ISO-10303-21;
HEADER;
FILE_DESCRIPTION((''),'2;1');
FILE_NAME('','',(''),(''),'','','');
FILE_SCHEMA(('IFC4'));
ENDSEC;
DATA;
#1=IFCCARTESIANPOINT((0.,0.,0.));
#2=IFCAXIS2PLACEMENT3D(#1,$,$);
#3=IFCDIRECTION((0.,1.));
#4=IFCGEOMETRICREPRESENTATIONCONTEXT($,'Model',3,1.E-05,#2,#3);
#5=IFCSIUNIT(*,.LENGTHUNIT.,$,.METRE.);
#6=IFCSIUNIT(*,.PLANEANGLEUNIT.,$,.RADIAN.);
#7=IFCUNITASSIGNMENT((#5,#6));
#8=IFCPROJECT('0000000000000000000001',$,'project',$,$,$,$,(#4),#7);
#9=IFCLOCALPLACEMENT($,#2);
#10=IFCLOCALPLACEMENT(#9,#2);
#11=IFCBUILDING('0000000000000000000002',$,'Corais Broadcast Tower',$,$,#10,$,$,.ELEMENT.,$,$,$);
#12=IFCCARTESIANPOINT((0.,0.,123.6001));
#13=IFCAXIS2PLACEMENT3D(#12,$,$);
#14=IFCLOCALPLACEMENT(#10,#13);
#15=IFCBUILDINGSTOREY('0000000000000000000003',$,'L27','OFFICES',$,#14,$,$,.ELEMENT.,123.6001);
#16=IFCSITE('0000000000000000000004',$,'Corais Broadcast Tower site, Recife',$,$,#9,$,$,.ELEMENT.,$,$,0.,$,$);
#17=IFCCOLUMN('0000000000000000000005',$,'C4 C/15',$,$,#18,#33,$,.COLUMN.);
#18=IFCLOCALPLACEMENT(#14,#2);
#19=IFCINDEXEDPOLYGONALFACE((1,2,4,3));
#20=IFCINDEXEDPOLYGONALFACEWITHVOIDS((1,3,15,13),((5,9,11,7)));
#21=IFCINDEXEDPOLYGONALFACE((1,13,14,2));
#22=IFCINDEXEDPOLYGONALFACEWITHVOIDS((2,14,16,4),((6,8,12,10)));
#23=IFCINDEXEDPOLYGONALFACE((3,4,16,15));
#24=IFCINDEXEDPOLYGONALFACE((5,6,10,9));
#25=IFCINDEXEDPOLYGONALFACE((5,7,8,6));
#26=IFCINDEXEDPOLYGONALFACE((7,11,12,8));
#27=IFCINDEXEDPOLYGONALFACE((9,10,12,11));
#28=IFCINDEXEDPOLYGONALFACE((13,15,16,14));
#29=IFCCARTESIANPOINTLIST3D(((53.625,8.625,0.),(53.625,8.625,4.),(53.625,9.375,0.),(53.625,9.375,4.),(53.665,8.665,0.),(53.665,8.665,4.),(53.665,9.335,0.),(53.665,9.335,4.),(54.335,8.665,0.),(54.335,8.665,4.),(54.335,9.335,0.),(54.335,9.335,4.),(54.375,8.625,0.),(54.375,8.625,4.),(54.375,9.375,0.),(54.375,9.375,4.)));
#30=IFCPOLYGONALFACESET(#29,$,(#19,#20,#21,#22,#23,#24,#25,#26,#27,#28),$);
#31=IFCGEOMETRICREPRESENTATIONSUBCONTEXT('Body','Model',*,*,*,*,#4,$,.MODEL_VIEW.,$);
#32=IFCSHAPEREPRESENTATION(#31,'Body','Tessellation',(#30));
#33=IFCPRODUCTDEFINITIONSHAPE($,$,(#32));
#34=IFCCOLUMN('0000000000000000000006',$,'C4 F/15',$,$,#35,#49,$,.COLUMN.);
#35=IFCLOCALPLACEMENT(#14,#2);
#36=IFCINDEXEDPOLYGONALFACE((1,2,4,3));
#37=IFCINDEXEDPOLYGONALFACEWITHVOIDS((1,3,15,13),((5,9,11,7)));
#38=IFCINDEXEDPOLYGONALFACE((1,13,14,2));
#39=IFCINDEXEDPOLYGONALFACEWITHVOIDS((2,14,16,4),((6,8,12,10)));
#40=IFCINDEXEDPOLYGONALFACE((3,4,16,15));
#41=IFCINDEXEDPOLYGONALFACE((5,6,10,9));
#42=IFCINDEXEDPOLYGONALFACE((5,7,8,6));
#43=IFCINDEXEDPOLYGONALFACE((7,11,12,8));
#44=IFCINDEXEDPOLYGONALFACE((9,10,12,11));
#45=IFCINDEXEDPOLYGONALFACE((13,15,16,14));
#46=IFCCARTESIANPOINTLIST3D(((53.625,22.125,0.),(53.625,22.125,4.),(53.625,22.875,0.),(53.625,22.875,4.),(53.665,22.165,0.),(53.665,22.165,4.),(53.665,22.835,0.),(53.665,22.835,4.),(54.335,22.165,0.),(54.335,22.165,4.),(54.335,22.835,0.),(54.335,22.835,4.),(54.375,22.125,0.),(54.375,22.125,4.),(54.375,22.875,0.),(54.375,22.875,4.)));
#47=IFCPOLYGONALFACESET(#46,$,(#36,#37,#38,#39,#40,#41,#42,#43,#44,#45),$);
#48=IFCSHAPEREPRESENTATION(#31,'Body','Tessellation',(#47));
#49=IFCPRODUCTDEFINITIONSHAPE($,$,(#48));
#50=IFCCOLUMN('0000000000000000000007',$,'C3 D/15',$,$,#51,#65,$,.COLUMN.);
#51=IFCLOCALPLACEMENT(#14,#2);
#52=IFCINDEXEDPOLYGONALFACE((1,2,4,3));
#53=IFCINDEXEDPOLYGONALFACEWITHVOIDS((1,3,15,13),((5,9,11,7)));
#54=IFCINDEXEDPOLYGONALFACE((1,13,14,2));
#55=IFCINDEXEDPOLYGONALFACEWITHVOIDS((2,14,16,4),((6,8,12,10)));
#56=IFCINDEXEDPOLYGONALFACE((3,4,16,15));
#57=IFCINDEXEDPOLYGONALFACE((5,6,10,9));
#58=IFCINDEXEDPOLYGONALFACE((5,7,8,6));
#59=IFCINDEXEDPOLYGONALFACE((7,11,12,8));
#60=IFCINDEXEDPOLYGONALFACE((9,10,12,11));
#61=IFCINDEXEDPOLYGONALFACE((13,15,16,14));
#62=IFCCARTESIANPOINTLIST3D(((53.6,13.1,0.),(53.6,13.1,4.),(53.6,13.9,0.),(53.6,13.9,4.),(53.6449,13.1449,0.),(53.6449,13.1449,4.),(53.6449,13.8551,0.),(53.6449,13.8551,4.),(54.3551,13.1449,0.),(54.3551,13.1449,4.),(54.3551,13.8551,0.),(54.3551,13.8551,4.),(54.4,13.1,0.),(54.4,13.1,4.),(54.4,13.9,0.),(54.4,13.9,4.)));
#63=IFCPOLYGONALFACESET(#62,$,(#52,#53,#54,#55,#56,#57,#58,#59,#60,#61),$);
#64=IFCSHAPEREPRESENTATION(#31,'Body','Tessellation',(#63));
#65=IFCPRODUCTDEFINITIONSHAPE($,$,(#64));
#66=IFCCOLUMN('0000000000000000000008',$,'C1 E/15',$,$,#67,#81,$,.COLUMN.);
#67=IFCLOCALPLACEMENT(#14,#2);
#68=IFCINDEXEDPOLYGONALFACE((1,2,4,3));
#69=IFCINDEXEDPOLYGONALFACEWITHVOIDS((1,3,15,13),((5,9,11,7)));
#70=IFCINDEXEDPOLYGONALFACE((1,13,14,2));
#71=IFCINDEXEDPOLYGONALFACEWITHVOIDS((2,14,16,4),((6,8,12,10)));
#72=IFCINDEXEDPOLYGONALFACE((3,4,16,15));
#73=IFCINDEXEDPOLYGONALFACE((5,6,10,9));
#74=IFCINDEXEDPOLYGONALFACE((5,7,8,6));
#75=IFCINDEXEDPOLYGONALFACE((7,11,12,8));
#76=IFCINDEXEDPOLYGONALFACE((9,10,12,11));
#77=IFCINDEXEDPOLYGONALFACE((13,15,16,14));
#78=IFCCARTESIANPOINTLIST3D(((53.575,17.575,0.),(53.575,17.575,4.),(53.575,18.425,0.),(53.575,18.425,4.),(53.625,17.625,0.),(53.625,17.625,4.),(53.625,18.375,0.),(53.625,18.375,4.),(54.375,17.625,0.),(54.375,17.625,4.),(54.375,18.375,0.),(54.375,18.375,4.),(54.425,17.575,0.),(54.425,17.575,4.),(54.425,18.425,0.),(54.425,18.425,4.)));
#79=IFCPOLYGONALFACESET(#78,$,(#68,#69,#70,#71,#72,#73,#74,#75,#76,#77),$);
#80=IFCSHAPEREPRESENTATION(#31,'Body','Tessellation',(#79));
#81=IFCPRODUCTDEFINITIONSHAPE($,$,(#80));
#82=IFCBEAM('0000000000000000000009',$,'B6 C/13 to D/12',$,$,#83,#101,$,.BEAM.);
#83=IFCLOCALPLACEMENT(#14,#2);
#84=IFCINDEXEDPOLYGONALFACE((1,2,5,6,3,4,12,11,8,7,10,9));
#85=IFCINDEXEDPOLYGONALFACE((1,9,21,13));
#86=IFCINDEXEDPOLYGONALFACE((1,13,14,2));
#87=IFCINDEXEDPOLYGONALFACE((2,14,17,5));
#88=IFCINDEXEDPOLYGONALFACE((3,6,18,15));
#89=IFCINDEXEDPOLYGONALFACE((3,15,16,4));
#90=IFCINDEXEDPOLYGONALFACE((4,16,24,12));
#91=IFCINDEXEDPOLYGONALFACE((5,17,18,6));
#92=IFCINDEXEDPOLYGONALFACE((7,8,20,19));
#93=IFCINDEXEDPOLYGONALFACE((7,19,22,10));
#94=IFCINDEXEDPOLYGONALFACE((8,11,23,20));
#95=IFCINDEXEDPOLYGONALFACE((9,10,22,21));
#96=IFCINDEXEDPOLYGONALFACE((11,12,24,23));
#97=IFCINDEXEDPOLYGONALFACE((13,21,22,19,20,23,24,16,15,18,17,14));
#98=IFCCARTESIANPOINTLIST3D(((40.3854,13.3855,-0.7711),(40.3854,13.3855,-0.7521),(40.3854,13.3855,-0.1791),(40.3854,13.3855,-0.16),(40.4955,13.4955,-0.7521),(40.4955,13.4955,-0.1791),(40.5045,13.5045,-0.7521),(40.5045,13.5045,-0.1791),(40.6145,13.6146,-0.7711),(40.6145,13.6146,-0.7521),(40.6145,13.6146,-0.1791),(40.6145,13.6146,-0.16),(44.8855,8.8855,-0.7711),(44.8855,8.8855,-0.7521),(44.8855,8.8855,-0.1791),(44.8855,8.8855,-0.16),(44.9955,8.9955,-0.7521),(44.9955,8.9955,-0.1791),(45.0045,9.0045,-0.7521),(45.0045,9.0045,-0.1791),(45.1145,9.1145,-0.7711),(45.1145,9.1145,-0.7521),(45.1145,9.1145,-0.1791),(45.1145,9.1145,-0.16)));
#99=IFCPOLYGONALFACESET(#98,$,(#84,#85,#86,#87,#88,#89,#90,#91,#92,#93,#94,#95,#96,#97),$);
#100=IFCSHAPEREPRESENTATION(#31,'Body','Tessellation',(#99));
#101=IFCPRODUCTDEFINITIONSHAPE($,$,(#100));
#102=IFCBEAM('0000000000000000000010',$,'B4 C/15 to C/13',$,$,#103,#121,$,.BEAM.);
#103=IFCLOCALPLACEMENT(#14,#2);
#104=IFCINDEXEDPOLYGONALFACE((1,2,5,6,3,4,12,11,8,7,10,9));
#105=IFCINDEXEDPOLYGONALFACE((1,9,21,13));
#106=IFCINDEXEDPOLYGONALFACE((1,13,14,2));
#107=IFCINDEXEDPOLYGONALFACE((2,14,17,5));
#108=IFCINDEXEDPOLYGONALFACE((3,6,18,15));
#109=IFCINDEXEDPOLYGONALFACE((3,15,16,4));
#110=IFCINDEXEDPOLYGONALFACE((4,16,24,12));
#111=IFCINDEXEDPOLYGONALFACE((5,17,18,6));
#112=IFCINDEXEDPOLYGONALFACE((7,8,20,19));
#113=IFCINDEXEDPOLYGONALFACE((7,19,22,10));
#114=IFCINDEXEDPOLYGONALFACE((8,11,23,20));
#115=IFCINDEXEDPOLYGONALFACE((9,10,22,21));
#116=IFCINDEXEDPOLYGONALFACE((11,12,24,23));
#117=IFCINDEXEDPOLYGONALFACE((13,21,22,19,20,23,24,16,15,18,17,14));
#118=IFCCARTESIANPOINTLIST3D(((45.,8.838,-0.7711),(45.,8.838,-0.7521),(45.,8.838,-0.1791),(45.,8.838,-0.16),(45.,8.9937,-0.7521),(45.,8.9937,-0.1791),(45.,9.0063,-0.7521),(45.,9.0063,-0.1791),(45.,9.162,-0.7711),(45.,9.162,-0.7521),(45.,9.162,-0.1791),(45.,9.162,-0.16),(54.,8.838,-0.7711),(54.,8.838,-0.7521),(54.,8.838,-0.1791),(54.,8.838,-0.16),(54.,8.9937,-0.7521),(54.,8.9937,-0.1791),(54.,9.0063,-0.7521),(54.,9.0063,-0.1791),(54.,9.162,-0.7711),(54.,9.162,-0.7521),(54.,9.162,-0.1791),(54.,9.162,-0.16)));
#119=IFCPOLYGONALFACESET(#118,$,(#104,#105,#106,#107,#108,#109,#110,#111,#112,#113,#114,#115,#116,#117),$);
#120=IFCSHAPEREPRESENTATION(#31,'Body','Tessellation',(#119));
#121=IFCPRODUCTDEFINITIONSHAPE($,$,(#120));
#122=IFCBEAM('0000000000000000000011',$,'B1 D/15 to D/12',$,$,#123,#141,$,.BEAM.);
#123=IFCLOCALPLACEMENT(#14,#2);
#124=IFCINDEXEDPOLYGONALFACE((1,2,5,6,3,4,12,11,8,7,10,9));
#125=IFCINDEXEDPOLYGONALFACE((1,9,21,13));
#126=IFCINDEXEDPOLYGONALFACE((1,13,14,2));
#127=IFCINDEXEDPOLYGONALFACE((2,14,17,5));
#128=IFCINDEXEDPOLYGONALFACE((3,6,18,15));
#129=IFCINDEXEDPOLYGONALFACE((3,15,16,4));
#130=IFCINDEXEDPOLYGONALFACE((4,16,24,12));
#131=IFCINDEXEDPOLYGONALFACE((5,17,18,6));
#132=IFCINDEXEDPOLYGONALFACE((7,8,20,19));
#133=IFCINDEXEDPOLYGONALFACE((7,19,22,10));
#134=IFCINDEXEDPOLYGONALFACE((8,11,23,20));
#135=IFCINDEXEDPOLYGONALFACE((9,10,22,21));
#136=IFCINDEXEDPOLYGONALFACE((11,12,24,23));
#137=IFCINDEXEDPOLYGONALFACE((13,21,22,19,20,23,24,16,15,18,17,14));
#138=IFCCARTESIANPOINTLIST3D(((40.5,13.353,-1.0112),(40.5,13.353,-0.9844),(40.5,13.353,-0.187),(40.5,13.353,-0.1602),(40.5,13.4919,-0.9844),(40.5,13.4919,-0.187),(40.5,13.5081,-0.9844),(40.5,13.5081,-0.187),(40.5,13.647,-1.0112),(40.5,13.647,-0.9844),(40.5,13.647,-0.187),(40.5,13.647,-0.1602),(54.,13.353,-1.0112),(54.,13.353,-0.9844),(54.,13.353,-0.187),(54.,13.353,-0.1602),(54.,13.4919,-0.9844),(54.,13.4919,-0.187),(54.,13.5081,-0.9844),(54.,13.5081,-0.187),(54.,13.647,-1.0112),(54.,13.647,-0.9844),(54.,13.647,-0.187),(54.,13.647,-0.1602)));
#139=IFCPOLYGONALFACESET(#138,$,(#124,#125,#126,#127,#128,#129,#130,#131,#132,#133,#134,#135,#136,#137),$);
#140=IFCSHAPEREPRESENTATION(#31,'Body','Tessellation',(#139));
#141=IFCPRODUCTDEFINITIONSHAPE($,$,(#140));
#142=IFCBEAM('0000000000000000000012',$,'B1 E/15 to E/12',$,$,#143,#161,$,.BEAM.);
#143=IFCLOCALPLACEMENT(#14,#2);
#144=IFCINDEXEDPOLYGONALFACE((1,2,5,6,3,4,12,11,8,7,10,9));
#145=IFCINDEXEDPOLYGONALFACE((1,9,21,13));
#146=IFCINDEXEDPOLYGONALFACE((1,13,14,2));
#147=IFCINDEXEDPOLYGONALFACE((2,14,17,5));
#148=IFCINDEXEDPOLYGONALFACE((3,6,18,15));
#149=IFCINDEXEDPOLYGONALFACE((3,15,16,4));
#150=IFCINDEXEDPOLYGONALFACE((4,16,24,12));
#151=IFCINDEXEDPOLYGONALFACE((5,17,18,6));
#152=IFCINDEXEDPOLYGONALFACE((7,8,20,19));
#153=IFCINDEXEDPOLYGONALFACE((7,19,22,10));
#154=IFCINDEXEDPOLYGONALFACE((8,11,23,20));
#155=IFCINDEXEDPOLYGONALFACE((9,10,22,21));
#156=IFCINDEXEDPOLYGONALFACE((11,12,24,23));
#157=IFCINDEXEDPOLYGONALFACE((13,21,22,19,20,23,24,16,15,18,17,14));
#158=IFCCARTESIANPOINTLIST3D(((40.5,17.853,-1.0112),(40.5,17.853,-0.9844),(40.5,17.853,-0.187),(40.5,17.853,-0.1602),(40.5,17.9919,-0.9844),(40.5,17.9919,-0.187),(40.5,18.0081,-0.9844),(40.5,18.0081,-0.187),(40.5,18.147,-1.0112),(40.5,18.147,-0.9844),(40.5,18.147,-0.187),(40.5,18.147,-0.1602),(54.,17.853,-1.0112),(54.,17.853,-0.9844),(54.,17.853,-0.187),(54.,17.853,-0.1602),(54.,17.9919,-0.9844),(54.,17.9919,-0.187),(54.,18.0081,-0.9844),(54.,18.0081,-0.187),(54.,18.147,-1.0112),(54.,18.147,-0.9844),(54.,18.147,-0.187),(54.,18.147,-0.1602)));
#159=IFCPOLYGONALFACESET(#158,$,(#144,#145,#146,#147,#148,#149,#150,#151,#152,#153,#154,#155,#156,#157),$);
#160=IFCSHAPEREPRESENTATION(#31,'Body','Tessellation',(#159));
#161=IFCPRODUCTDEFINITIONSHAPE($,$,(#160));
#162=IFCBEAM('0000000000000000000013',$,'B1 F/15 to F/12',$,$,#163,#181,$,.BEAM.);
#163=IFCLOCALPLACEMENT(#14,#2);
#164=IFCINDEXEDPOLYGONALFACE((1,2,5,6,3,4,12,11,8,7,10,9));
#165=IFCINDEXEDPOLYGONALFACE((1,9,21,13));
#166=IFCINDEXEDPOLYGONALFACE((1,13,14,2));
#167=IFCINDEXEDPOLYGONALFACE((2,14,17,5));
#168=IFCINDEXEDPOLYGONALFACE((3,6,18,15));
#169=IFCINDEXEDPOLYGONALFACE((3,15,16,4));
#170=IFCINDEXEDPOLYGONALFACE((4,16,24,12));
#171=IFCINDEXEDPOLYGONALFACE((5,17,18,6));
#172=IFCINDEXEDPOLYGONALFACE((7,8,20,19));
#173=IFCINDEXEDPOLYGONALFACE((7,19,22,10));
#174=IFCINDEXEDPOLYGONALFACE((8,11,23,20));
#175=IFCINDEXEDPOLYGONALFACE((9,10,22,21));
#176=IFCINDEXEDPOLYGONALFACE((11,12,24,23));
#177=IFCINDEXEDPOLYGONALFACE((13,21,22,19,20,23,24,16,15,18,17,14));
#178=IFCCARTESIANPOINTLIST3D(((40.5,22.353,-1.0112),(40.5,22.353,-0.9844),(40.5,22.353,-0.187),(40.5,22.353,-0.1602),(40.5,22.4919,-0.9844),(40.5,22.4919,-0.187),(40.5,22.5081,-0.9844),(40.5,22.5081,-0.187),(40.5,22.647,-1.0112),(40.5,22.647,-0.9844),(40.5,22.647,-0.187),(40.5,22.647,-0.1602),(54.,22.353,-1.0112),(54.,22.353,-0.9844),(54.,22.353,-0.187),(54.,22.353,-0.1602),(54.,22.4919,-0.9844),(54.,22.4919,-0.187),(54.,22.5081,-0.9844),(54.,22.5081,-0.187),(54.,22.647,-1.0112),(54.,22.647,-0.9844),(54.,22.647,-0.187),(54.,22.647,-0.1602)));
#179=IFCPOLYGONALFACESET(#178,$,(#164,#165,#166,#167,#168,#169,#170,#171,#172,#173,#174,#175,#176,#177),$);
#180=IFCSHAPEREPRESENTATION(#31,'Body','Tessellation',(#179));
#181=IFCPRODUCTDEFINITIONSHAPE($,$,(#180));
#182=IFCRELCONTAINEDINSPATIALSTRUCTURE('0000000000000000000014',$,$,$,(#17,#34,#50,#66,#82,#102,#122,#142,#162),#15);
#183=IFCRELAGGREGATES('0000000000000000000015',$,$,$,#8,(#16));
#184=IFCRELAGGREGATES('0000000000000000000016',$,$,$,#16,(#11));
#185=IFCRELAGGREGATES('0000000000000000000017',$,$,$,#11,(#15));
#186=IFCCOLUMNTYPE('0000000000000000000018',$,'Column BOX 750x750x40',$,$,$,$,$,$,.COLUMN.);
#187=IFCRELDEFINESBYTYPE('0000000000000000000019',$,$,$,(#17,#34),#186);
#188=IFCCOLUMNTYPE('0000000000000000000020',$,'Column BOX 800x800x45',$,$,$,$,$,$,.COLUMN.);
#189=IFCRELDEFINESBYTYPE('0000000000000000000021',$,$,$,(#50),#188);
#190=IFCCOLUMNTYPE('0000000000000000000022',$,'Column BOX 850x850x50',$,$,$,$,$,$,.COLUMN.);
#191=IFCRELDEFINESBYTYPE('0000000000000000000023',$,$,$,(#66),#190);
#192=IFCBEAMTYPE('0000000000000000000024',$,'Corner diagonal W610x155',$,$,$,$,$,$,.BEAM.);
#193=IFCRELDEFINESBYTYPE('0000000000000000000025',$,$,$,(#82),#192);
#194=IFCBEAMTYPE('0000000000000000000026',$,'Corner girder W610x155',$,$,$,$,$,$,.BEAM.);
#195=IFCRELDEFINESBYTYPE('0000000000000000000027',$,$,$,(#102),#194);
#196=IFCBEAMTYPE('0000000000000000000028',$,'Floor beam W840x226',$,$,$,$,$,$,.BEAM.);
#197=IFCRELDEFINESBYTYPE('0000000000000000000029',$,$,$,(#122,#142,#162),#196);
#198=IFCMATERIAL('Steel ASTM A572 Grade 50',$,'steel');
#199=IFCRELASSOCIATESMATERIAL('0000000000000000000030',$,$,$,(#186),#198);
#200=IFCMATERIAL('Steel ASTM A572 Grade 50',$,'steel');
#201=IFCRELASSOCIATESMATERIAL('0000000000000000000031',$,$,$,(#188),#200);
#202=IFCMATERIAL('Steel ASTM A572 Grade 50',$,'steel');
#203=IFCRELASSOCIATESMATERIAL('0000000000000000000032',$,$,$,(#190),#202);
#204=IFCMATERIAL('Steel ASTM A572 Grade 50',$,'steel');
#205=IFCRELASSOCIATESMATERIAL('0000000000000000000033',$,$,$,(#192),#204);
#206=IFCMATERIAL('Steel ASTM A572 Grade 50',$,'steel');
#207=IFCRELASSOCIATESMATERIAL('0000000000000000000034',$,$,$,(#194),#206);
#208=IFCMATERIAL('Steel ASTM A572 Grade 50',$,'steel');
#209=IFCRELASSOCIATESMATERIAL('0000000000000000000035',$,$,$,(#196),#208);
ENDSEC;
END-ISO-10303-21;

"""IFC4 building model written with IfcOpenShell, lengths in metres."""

from ifc_helpers import new_model, si_unit, direction, frame, origin, origin_2d, place, context, subcontext, project, spatial, hollow_rectangle, i_section, extrude, material, material_profile, profile_set, type_object, element, save


model = new_model("IFC4")

# Units and contexts
model_context = context("Model", 3, precision=1e-05, world=origin(), true_north=direction((0.0, 1.0)))
body_context = subcontext(model_context, "Body", "Model", "MODEL_VIEW")
ifc_project = project(units=[si_unit("LENGTHUNIT", "METRE"), si_unit("PLANEANGLEUNIT", "RADIAN")], contexts=[model_context])

# Site, building, storey
site_placement = place(None, origin())
site = spatial("IfcSite", under=ifc_project, at=site_placement, Name="Corais Broadcast Tower site, Recife", CompositionType="ELEMENT", RefElevation=0.0)
building_placement = place(site_placement, origin())
building = spatial("IfcBuilding", under=site, at=building_placement, Name="Corais Broadcast Tower", CompositionType="ELEMENT")
storey_placement = place(building_placement, frame((0.0, 0.0, 123.6001)))
storey = spatial("IfcBuildingStorey", under=building, at=storey_placement, Name="L27", Description="OFFICES", CompositionType="ELEMENT", Elevation=123.6001)

# Columns
ifc_material_1 = material(Name="Steel ASTM A572 Grade 50", Category="steel")
ifc_material_profile_1 = material_profile(ifc_material_1, hollow_rectangle(XDim=0.75, YDim=0.75, WallThickness=0.04, at=origin_2d()), Name="BOX 750x750x40")
ifc_profile_set_1 = profile_set([ifc_material_profile_1], Name="Steel ASTM A572 Grade 50")
column_type_1 = type_object("IfcColumnType", Name="Column BOX 750x750x40", PredefinedType="COLUMN", material=ifc_profile_set_1)
for number, where, z_axis, x_axis, name in (
    (1, (54.0, 9.0, 0.0), (0.0, 0.0, 1.0), (1.0, 0.0, 0.0), "C4 C/15"),
    (2, (54.0, 22.5, 0.0), (0.0, 0.0, 1.0), (1.0, 0.0, 0.0), "C4 F/15"),
):
    element("IfcColumn", number, at=place(storey_placement, frame(where, z_axis=z_axis, x_axis=x_axis)), inside=storey, type_object=column_type_1, Name=name, PredefinedType="COLUMN", context=body_context, shape_type="SweptSolid", body=[
        extrude(hollow_rectangle(XDim=0.75, YDim=0.75, WallThickness=0.04, at=origin_2d()), origin(), (0.0, 0.0, 1.0), 4.0),
    ])
ifc_material_2 = material(Name="Steel ASTM A572 Grade 50", Category="steel")
ifc_material_profile_2 = material_profile(ifc_material_2, hollow_rectangle(XDim=0.8, YDim=0.8, WallThickness=0.0449, at=origin_2d()), Name="BOX 800x800x45")
ifc_profile_set_2 = profile_set([ifc_material_profile_2], Name="Steel ASTM A572 Grade 50")
column_type_2 = type_object("IfcColumnType", Name="Column BOX 800x800x45", PredefinedType="COLUMN", material=ifc_profile_set_2)
column_1_placement = place(storey_placement, frame((54.0, 13.5, 0.0), z_axis=(0.0, 0.0, 1.0), x_axis=(1.0, 0.0, 0.0)))
element("IfcColumn", 3, at=column_1_placement, inside=storey, type_object=column_type_2, Name="C3 D/15", PredefinedType="COLUMN", context=body_context, shape_type="SweptSolid", body=[
    extrude(hollow_rectangle(XDim=0.8, YDim=0.8, WallThickness=0.0449, at=origin_2d()), origin(), (0.0, 0.0, 1.0), 4.0),
])
ifc_material_3 = material(Name="Steel ASTM A572 Grade 50", Category="steel")
ifc_material_profile_3 = material_profile(ifc_material_3, hollow_rectangle(XDim=0.8501, YDim=0.8501, WallThickness=0.05, at=origin_2d()), Name="BOX 850x850x50")
ifc_profile_set_3 = profile_set([ifc_material_profile_3], Name="Steel ASTM A572 Grade 50")
column_type_3 = type_object("IfcColumnType", Name="Column BOX 850x850x50", PredefinedType="COLUMN", material=ifc_profile_set_3)
column_2_placement = place(storey_placement, frame((54.0, 18.0, 0.0), z_axis=(0.0, 0.0, 1.0), x_axis=(1.0, 0.0, 0.0)))
element("IfcColumn", 4, at=column_2_placement, inside=storey, type_object=column_type_3, Name="C1 E/15", PredefinedType="COLUMN", context=body_context, shape_type="SweptSolid", body=[
    extrude(hollow_rectangle(XDim=0.8501, YDim=0.8501, WallThickness=0.05, at=origin_2d()), origin(), (0.0, 0.0, 1.0), 4.0),
])

# Beams
ifc_material_4 = material(Name="Steel ASTM A572 Grade 50", Category="steel")
ifc_material_profile_4 = material_profile(ifc_material_4, i_section(OverallWidth=0.324, OverallDepth=0.6111, WebThickness=0.0127, FlangeThickness=0.019, at=origin_2d()), Name="W610x155")
ifc_profile_set_4 = profile_set([ifc_material_profile_4], Name="Steel ASTM A572 Grade 50")
beam_type_1 = type_object("IfcBeamType", Name="Corner diagonal W610x155", PredefinedType="BEAM", material=ifc_profile_set_4)
beam_1_placement = place(storey_placement, frame((45.0, 9.0, -0.4656), z_axis=(-0.707107, 0.707107, 0.0), x_axis=(-0.707107, -0.707107, 0.0)))
element("IfcBeam", 5, at=beam_1_placement, inside=storey, type_object=beam_type_1, Name="B6 C/13 to D/12", PredefinedType="BEAM", context=body_context, shape_type="SweptSolid", body=[
    extrude(i_section(OverallWidth=0.324, OverallDepth=0.6111, WebThickness=0.0127, FlangeThickness=0.019, at=origin_2d()), origin(), (0.0, 0.0, 1.0), 6.364),
])
ifc_material_5 = material(Name="Steel ASTM A572 Grade 50", Category="steel")
ifc_material_profile_5 = material_profile(ifc_material_5, i_section(OverallWidth=0.324, OverallDepth=0.6111, WebThickness=0.0127, FlangeThickness=0.019, at=origin_2d()), Name="W610x155")
ifc_profile_set_5 = profile_set([ifc_material_profile_5], Name="Steel ASTM A572 Grade 50")
beam_type_2 = type_object("IfcBeamType", Name="Corner girder W610x155", PredefinedType="BEAM", material=ifc_profile_set_5)
beam_2_placement = place(storey_placement, frame((54.0, 9.0, -0.4656), z_axis=(-1.0, 0.0, 0.0), x_axis=(0.0, -1.0, 0.0)))
element("IfcBeam", 6, at=beam_2_placement, inside=storey, type_object=beam_type_2, Name="B4 C/15 to C/13", PredefinedType="BEAM", context=body_context, shape_type="SweptSolid", body=[
    extrude(i_section(OverallWidth=0.324, OverallDepth=0.6111, WebThickness=0.0127, FlangeThickness=0.019, at=origin_2d()), origin(), (0.0, 0.0, 1.0), 9.0),
])
ifc_material_6 = material(Name="Steel ASTM A572 Grade 50", Category="steel")
ifc_material_profile_6 = material_profile(ifc_material_6, i_section(OverallWidth=0.2939, OverallDepth=0.8511, WebThickness=0.0161, FlangeThickness=0.0269, at=origin_2d()), Name="W840x226")
ifc_profile_set_6 = profile_set([ifc_material_profile_6], Name="Steel ASTM A572 Grade 50")
beam_type_3 = type_object("IfcBeamType", Name="Floor beam W840x226", PredefinedType="BEAM", material=ifc_profile_set_6)
for number, where, z_axis, x_axis, name in (
    (7, (54.0, 13.5, -0.5857), (-1.0, 0.0, 0.0), (0.0, -1.0, 0.0), "B1 D/15 to D/12"),
    (8, (54.0, 18.0, -0.5857), (-1.0, 0.0, 0.0), (0.0, -1.0, 0.0), "B1 E/15 to E/12"),
    (9, (54.0, 22.5, -0.5857), (-1.0, 0.0, 0.0), (0.0, -1.0, 0.0), "B1 F/15 to F/12"),
):
    element("IfcBeam", number, at=place(storey_placement, frame(where, z_axis=z_axis, x_axis=x_axis)), inside=storey, type_object=beam_type_3, Name=name, PredefinedType="BEAM", context=body_context, shape_type="SweptSolid", body=[
        extrude(i_section(OverallWidth=0.2939, OverallDepth=0.8511, WebThickness=0.0161, FlangeThickness=0.0269, at=origin_2d()), origin(), (0.0, 0.0, 1.0), 13.5),
    ])

save(model, "model.ifc")
